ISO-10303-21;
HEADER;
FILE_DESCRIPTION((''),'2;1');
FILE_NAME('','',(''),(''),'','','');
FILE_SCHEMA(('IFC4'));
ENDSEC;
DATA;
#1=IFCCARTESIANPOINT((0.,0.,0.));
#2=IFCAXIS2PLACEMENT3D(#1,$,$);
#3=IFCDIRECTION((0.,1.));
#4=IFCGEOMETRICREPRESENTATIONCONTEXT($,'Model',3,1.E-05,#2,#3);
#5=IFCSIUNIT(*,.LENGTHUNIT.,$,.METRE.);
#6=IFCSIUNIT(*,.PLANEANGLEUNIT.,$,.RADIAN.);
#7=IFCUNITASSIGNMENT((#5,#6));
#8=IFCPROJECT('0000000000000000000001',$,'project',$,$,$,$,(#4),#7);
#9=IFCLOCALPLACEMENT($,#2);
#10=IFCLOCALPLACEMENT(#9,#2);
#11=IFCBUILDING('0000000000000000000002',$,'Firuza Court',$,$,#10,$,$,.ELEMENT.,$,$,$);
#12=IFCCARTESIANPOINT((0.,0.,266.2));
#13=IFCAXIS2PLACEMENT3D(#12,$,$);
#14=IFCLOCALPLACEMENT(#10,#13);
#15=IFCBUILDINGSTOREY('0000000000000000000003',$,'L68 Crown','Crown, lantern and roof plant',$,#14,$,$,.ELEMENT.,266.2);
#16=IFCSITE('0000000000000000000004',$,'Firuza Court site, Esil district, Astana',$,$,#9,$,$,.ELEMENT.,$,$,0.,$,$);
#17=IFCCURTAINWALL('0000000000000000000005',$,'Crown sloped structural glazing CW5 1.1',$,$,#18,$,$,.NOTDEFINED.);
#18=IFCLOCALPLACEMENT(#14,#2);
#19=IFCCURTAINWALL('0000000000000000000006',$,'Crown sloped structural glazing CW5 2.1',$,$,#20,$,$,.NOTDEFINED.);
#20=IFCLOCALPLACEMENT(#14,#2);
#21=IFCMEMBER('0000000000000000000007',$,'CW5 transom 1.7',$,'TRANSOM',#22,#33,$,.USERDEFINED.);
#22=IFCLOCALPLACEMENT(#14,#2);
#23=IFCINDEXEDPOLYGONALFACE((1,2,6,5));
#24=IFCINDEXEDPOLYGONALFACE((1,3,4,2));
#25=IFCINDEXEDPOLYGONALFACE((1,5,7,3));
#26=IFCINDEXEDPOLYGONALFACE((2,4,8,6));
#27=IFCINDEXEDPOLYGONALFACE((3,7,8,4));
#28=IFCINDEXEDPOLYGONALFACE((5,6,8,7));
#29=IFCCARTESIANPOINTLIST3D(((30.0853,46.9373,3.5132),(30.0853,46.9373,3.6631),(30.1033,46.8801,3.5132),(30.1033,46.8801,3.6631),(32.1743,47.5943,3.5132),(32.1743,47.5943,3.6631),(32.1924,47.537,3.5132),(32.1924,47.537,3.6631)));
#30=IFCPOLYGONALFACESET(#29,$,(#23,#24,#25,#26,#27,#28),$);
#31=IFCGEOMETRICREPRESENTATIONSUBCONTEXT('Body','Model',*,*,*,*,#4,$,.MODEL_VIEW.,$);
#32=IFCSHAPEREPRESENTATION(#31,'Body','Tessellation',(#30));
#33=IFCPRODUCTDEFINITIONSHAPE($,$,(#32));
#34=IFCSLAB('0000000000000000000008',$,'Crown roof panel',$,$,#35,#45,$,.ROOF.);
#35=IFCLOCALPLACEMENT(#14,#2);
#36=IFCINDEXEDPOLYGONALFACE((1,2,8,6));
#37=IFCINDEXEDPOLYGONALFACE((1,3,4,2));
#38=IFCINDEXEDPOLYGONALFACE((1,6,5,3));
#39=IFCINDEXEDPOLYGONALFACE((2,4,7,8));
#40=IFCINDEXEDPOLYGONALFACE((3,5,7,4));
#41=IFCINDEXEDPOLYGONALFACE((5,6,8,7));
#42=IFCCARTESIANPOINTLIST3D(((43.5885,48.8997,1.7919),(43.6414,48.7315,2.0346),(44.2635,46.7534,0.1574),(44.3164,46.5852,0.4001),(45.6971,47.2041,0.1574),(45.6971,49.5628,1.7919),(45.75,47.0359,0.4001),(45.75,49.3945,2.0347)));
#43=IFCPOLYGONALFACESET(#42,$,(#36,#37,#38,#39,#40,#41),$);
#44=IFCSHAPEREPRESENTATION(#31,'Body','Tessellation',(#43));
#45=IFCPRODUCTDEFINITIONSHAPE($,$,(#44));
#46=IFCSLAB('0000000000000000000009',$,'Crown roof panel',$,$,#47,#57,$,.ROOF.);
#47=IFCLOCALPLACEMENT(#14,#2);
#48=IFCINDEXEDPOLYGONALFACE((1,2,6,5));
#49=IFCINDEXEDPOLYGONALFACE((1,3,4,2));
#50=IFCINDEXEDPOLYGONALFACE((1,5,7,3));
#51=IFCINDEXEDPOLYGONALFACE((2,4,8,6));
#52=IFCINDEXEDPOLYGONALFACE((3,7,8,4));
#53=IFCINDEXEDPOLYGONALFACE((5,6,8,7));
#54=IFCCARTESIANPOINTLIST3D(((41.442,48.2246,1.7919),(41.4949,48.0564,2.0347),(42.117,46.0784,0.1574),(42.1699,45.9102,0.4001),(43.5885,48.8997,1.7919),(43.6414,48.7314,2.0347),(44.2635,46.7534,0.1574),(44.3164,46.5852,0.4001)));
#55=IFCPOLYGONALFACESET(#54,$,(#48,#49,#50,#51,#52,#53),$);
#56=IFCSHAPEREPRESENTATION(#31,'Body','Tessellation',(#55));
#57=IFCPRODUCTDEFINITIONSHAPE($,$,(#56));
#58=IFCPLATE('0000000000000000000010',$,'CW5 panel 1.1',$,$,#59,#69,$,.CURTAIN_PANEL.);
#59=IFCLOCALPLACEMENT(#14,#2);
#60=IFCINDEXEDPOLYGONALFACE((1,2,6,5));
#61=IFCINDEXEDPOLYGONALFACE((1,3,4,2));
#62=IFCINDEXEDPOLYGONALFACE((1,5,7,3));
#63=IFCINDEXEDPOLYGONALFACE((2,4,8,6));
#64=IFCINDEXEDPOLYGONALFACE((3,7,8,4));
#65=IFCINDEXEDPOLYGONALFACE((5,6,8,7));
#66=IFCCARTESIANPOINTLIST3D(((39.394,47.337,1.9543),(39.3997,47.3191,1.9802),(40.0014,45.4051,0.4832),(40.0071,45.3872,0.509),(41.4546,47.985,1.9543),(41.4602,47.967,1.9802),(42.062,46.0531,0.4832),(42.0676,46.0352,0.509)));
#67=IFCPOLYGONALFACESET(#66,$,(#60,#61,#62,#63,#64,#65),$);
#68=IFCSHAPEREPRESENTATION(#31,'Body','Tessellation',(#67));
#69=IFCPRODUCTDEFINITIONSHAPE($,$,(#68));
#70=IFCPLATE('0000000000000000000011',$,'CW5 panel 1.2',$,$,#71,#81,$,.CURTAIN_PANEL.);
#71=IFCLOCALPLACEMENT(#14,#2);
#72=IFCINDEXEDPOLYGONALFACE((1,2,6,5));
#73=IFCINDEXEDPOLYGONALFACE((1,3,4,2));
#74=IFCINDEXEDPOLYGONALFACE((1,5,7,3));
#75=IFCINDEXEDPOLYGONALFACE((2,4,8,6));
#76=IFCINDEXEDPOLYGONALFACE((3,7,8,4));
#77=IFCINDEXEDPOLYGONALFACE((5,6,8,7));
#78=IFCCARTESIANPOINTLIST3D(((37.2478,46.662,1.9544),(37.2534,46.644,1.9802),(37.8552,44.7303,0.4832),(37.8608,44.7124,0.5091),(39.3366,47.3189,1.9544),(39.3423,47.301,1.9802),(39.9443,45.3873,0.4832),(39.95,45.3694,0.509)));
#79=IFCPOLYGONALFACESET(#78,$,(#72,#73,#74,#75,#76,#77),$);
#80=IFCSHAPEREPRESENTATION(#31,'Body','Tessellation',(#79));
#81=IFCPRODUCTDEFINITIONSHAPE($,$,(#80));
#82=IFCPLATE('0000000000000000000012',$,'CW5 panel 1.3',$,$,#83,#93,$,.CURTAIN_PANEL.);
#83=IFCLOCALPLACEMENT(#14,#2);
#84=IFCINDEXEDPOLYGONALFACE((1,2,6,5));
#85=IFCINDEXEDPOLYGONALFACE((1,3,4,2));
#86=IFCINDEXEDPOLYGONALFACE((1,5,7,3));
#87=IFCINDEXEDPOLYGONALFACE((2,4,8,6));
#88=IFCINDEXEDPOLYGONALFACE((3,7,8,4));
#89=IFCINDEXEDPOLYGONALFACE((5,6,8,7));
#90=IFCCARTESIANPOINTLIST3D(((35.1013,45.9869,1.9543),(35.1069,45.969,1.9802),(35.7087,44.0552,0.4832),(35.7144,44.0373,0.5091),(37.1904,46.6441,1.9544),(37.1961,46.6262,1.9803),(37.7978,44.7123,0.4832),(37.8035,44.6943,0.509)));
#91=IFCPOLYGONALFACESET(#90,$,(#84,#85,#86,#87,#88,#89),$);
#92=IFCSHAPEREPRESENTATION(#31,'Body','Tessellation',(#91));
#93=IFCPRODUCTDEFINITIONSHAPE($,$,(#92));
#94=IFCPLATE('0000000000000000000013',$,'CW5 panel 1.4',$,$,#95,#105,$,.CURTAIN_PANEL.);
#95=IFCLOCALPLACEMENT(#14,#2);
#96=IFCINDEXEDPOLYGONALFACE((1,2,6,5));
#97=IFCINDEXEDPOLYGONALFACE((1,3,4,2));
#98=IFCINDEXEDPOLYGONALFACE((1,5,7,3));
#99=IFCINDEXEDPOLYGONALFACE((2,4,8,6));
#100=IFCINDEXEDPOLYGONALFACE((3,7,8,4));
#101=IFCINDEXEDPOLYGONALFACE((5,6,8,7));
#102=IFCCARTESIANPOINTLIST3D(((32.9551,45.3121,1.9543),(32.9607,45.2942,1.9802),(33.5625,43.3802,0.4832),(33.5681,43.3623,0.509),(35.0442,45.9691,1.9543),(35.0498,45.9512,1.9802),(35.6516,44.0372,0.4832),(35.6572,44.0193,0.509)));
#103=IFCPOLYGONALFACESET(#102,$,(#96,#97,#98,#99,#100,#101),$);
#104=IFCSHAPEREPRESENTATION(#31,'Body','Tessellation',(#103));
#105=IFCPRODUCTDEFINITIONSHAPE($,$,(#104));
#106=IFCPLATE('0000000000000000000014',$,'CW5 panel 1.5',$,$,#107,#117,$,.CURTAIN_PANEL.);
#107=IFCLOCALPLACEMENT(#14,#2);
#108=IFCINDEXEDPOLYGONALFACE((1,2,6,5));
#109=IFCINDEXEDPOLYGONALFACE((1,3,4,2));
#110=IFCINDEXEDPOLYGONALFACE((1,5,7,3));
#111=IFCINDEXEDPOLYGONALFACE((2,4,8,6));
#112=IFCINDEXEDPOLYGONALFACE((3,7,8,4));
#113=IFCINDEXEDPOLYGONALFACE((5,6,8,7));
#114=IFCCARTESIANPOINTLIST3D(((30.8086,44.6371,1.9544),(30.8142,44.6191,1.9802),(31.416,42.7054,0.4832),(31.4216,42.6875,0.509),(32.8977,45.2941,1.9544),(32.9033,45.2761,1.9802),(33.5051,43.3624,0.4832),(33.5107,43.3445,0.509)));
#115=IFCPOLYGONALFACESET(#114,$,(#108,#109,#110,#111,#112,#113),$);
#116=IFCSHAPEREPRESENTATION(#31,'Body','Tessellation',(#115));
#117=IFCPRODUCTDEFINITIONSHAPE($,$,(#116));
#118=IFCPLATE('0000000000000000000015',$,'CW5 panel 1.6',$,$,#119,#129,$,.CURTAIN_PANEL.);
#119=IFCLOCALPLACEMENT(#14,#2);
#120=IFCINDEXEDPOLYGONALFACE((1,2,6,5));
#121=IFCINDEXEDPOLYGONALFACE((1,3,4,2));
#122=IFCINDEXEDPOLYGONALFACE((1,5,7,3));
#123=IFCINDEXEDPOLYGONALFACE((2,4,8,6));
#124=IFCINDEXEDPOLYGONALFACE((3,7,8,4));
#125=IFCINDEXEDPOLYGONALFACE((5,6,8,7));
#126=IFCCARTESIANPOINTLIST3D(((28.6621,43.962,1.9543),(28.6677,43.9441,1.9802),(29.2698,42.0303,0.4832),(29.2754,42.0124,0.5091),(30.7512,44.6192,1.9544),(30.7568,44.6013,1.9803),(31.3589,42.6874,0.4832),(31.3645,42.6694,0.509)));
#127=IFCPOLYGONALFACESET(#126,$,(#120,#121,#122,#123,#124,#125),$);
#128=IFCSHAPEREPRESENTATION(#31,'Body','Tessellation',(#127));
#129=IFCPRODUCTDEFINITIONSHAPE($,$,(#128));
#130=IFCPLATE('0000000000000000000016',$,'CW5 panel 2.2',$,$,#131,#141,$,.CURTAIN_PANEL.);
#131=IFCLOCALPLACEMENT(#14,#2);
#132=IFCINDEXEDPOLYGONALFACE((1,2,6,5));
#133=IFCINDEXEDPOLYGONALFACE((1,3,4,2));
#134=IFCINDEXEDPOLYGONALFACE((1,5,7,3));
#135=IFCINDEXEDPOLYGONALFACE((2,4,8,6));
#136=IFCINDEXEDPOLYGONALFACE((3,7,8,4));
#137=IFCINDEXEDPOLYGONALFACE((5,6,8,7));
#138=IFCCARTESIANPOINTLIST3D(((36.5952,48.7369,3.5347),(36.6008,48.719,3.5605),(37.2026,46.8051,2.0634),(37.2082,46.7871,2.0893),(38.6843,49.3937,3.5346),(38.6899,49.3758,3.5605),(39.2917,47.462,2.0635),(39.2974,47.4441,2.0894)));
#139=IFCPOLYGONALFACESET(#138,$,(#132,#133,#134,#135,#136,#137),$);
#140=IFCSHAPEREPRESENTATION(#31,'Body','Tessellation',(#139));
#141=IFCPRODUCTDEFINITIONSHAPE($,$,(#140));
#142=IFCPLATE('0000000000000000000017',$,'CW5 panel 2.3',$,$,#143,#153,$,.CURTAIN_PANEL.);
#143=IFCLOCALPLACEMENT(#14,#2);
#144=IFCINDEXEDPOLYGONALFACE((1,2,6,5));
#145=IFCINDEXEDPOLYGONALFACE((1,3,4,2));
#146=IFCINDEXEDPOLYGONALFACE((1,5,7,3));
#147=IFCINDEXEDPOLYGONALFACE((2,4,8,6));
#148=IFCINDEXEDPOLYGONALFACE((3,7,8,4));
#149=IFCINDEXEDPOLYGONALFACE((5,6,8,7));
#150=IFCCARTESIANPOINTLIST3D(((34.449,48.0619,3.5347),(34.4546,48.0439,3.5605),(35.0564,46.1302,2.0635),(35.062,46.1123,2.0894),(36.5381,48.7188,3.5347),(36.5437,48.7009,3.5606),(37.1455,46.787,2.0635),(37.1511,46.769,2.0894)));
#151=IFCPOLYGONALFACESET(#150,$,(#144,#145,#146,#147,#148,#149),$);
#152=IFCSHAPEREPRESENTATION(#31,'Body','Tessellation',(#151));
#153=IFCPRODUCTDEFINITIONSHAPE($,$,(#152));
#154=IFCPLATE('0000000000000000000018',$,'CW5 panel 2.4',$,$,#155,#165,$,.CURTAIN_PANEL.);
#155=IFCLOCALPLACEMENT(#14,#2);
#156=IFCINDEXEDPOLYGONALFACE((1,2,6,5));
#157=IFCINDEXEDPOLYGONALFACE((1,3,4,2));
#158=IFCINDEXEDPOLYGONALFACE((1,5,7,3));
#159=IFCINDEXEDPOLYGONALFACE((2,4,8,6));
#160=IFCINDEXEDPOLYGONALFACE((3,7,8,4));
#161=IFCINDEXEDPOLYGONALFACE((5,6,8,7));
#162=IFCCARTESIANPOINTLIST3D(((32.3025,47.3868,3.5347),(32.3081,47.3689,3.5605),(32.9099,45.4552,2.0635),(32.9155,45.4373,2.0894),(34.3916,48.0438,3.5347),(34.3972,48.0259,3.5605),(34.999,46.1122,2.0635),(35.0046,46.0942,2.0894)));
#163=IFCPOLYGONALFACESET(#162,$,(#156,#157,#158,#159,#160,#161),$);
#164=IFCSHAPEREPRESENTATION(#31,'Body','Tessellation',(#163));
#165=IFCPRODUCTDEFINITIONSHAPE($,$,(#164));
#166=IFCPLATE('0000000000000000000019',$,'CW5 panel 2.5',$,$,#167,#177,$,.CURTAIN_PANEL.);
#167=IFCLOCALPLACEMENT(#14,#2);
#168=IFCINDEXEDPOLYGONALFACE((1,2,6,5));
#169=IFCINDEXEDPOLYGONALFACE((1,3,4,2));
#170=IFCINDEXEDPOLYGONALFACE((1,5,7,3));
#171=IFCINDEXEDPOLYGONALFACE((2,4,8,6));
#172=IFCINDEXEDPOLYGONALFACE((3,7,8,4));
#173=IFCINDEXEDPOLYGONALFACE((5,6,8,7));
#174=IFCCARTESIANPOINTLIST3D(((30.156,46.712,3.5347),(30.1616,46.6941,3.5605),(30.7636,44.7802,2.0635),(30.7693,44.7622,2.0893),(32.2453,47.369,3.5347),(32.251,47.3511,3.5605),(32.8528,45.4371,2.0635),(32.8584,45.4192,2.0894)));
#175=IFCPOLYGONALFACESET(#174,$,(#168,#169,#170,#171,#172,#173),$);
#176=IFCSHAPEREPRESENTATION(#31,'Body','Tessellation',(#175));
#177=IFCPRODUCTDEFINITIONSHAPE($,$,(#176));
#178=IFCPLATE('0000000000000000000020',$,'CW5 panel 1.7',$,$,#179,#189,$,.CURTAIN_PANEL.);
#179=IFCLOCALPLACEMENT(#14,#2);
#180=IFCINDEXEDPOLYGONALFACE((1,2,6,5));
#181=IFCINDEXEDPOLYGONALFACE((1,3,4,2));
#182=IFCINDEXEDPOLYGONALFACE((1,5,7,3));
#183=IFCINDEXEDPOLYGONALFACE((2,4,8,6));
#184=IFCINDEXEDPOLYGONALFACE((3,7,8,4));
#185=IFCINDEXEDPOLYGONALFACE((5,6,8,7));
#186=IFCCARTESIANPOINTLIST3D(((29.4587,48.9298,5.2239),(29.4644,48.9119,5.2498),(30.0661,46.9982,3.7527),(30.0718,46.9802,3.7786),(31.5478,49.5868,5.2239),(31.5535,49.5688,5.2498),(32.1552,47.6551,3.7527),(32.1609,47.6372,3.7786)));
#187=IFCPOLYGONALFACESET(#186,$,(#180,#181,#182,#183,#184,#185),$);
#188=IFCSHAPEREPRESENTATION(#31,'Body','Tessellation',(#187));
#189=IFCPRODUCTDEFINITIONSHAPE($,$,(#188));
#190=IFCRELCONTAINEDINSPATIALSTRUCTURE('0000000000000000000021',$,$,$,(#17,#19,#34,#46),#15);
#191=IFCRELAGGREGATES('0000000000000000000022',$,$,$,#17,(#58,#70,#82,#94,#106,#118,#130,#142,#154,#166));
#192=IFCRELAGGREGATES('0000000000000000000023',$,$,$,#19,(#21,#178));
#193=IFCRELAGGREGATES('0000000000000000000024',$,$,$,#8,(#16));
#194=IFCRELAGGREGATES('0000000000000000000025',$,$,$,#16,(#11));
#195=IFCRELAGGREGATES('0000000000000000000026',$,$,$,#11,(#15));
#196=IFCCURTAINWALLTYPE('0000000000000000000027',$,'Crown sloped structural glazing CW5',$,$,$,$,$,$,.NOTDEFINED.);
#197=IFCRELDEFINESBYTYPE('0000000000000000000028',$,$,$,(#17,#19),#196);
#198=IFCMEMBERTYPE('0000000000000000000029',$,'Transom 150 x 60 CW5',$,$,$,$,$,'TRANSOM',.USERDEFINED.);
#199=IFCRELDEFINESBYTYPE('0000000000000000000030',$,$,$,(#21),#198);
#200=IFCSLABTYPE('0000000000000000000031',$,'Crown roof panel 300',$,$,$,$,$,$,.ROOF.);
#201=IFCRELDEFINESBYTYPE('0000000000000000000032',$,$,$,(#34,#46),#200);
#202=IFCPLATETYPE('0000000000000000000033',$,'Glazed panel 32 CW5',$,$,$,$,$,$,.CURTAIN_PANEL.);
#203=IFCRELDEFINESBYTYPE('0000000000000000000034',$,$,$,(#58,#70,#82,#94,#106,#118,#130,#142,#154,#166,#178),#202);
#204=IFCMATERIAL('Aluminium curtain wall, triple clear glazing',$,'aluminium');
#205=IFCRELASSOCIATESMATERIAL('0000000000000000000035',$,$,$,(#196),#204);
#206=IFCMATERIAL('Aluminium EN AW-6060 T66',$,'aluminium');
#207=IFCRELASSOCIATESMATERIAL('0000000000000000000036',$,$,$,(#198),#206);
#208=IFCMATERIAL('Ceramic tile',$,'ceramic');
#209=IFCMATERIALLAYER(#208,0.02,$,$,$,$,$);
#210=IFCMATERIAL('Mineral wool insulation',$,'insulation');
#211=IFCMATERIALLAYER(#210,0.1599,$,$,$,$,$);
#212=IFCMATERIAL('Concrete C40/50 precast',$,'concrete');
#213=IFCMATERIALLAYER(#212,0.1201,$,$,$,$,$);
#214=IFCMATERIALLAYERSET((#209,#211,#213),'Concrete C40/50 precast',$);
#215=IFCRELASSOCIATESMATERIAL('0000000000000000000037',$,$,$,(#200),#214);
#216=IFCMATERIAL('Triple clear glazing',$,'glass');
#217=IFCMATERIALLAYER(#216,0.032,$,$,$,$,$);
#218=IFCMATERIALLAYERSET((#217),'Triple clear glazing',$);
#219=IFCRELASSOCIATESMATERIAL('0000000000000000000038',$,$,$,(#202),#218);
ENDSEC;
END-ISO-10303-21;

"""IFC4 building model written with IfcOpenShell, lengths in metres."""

from ifc_helpers import new_model, si_unit, direction, frame, origin, origin_2d, place, context, subcontext, project, spatial, polyline, rectangle, outline, extrude, material, layer, layer_set, material_profile, profile_set, type_object, element, aggregate, save


model = new_model("IFC4")

# Units and contexts
model_context = context("Model", 3, precision=1e-05, world=origin(), true_north=direction((0.0, 1.0)))
body_context = subcontext(model_context, "Body", "Model", "MODEL_VIEW")
ifc_project = project(units=[si_unit("LENGTHUNIT", "METRE"), si_unit("PLANEANGLEUNIT", "RADIAN")], contexts=[model_context])

# Site, building, storey
site_placement = place(None, origin())
site = spatial("IfcSite", under=ifc_project, at=site_placement, Name="Firuza Court site, Esil district, Astana", CompositionType="ELEMENT", RefElevation=0.0)
building_placement = place(site_placement, origin())
building = spatial("IfcBuilding", under=site, at=building_placement, Name="Firuza Court", CompositionType="ELEMENT")
storey_placement = place(building_placement, frame((0.0, 0.0, 266.2)))
storey = spatial("IfcBuildingStorey", under=building, at=storey_placement, Name="L68 Crown", Description="Crown, lantern and roof plant", CompositionType="ELEMENT", Elevation=266.2)

# Curtain wall
ifc_material_1 = material(Name="Aluminium curtain wall, triple clear glazing", Category="aluminium")
curtain_wall_type = type_object("IfcCurtainWallType", Name="Crown sloped structural glazing CW5", PredefinedType="NOTDEFINED", material=ifc_material_1)
curtain_wall_1_placement = place(storey_placement, origin())
curtain_wall_1 = element("IfcCurtainWall", 1, at=curtain_wall_1_placement, inside=storey, type_object=curtain_wall_type, Name="Crown sloped structural glazing CW5 1.1", PredefinedType="NOTDEFINED")

# Curtain wall
curtain_wall_2_placement = place(storey_placement, origin())
curtain_wall_2 = element("IfcCurtainWall", 2, at=curtain_wall_2_placement, inside=storey, type_object=curtain_wall_type, Name="Crown sloped structural glazing CW5 2.1", PredefinedType="NOTDEFINED")

# Member
ifc_material_2 = material(Name="Aluminium EN AW-6060 T66", Category="aluminium")
ifc_material_profile_1 = material_profile(ifc_material_2, rectangle(XDim=0.0601, YDim=0.1499, at=origin_2d()), Name="Transom 150 x 60 CW5")
ifc_profile_set_1 = profile_set([ifc_material_profile_1], Name="Aluminium EN AW-6060 T66")
member_type_1 = type_object("IfcMemberType", Name="Transom 150 x 60 CW5", ElementType="TRANSOM", PredefinedType="USERDEFINED", material=ifc_profile_set_1)
member_1_placement = place(storey_placement, frame((32.1833, 47.5657, 3.5881), z_axis=(-0.953941, -0.299995, 0.0), x_axis=(0.299995, -0.953941, 0.0)))
member_1 = element("IfcMember", 3, at=member_1_placement, type_object=member_type_1, Name="CW5 transom 1.7", ObjectType="TRANSOM", PredefinedType="USERDEFINED", context=body_context, shape_type="SweptSolid", body=[
    extrude(rectangle(XDim=0.0601, YDim=0.1499, at=origin_2d()), origin(), (0.0, 0.0, 1.0), 2.1899),
])

# Slabs
ifc_material_3 = material(Name="Ceramic tile", Category="ceramic")
ifc_layer_1 = layer(ifc_material_3, 0.02)
ifc_material_4 = material(Name="Mineral wool insulation", Category="insulation")
ifc_layer_2 = layer(ifc_material_4, 0.1599)
ifc_material_5 = material(Name="Concrete C40/50 precast", Category="concrete")
ifc_layer_3 = layer(ifc_material_5, 0.1201)
ifc_layer_set_1 = layer_set([ifc_layer_1, ifc_layer_2, ifc_layer_3], Name="Concrete C40/50 precast")
slab_type = type_object("IfcSlabType", Name="Crown roof panel 300", PredefinedType="ROOF", material=ifc_layer_set_1)
slab_1_placement = place(storey_placement, frame((44.3164, 46.5852, 0.4001), z_axis=(0.176293, -0.560681, 0.809047), x_axis=(-0.242743, 0.771773, 0.587744)))
element("IfcSlab", 4, at=slab_1_placement, inside=storey, type_object=slab_type, Name="Crown roof panel", PredefinedType="ROOF", context=body_context, shape_type="SweptSolid", body=[
    extrude(outline(polyline([(0.0, 0.0), (2.781, 0.0), (2.7808, -2.2104), (-0.0002, -1.5028), (0.0, 0.0)])), origin(), (0.0, 0.0, -1.0), 0.3),
])
slab_2_placement = place(storey_placement, frame((42.1699, 45.9102, 0.4001), z_axis=(0.176329, -0.560683, 0.809038), x_axis=(-0.24274, 0.771764, 0.587756)))
element("IfcSlab", 5, at=slab_2_placement, inside=storey, type_object=slab_type, Name="Crown roof panel", PredefinedType="ROOF", context=body_context, shape_type="SweptSolid", body=[
    extrude(outline(polyline([(0.0, 0.0), (2.781, 0.0), (2.7809, -2.2501), (-0.0001, -2.2501), (0.0, 0.0)])), origin(), (0.0, 0.0, -1.0), 0.3),
])

# Plates
ifc_material_6 = material(Name="Triple clear glazing", Category="glass")
ifc_layer_4 = layer(ifc_material_6, 0.032)
ifc_layer_set_2 = layer_set([ifc_layer_4], Name="Triple clear glazing")
plate_type = type_object("IfcPlateType", Name="Glazed panel 32 CW5", PredefinedType="CURTAIN_PANEL", material=ifc_layer_set_2)
plate_1_placement = place(storey_placement, frame((42.0676, 46.0352, 0.509), z_axis=(0.176308, -0.560679, 0.809045), x_axis=(-0.953948, -0.299974, 0.0)))
plate_1 = element("IfcPlate", 6, at=plate_1_placement, type_object=plate_type, Name="CW5 panel 1.1", PredefinedType="CURTAIN_PANEL", context=body_context, shape_type="SweptSolid", body=[
    extrude(outline(polyline([(0.0, 0.0), (2.16, 0.0), (2.16, -2.5031), (-0.0001, -2.5031), (0.0, 0.0)])), origin(), (0.0, 0.0, -1.0), 0.032),
])
plate_2_placement = place(storey_placement, frame((39.95, 45.3694, 0.509), z_axis=(0.176341, -0.560708, 0.809018), x_axis=(-0.953939, -0.3, 0.000008)))
plate_2 = element("IfcPlate", 7, at=plate_2_placement, type_object=plate_type, Name="CW5 panel 1.2", PredefinedType="CURTAIN_PANEL", context=body_context, shape_type="SweptSolid", body=[
    extrude(outline(polyline([(0.0, 0.0), (2.19, 0.0), (2.1899, -2.5029), (0.0002, -2.503), (0.0, 0.0)])), origin(), (0.0, 0.0, -1.0), 0.032),
])
plate_3_placement = place(storey_placement, frame((37.8035, 44.6943, 0.509), z_axis=(0.176357, -0.560687, 0.809029), x_axis=(-0.953935, -0.300012, 0.000025)))
plate_3 = element("IfcPlate", 8, at=plate_3_placement, type_object=plate_type, Name="CW5 panel 1.3", PredefinedType="CURTAIN_PANEL", context=body_context, shape_type="SweptSolid", body=[
    extrude(outline(polyline([(0.0, 0.0), (2.19, 0.0), (2.1899, -2.5029), (-0.0001, -2.5031), (0.0, 0.0)])), origin(), (0.0, 0.0, -1.0), 0.032),
])
plate_4_placement = place(storey_placement, frame((35.6572, 44.0193, 0.509), z_axis=(0.176321, -0.560675, 0.809045), x_axis=(-0.953941, -0.299995, 0.0)))
plate_4 = element("IfcPlate", 9, at=plate_4_placement, type_object=plate_type, Name="CW5 panel 1.4", PredefinedType="CURTAIN_PANEL", context=body_context, shape_type="SweptSolid", body=[
    extrude(outline(polyline([(0.0, 0.0), (2.19, 0.0), (2.1899, -2.5031), (-0.0001, -2.5031), (0.0, 0.0)])), origin(), (0.0, 0.0, -1.0), 0.032),
])
plate_5_placement = place(storey_placement, frame((33.5107, 43.3445, 0.509), z_axis=(0.176334, -0.560717, 0.809013), x_axis=(-0.953941, -0.299995, 0.0)))
plate_5 = element("IfcPlate", 10, at=plate_5_placement, type_object=plate_type, Name="CW5 panel 1.5", PredefinedType="CURTAIN_PANEL", context=body_context, shape_type="SweptSolid", body=[
    extrude(outline(polyline([(0.0, 0.0), (2.19, 0.0), (2.1899, -2.5029), (0.0, -2.5029), (0.0, 0.0)])), origin(), (0.0, 0.0, -1.0), 0.032),
])
plate_6_placement = place(storey_placement, frame((31.3645, 42.6694, 0.509), z_axis=(0.176353, -0.560674, 0.809039), x_axis=(-0.953935, -0.300012, 0.000025)))
plate_6 = element("IfcPlate", 11, at=plate_6_placement, type_object=plate_type, Name="CW5 panel 1.6", PredefinedType="CURTAIN_PANEL", context=body_context, shape_type="SweptSolid", body=[
    extrude(outline(polyline([(0.0, 0.0), (2.19, 0.0), (2.1902, -2.503), (0.0001, -2.5032), (0.0, 0.0)])), origin(), (0.0, 0.0, -1.0), 0.032),
])
plate_7_placement = place(storey_placement, frame((39.2974, 47.4441, 2.0894), z_axis=(0.176298, -0.560706, 0.809029), x_axis=(-0.953946, -0.299977, -0.000025)))
plate_7 = element("IfcPlate", 12, at=plate_7_placement, type_object=plate_type, Name="CW5 panel 2.2", PredefinedType="CURTAIN_PANEL", context=body_context, shape_type="SweptSolid", body=[
    extrude(outline(polyline([(0.0, 0.0), (2.19, 0.0), (2.1899, -2.5031), (0.0, -2.5029), (0.0, 0.0)])), origin(), (0.0, 0.0, -1.0), 0.032),
])
plate_8_placement = place(storey_placement, frame((37.1511, 46.769, 2.0894), z_axis=(0.176298, -0.560706, 0.809029), x_axis=(-0.953967, -0.299911, 0.000025)))
plate_8 = element("IfcPlate", 13, at=plate_8_placement, type_object=plate_type, Name="CW5 panel 2.3", PredefinedType="CURTAIN_PANEL", context=body_context, shape_type="SweptSolid", body=[
    extrude(outline(polyline([(0.0, 0.0), (2.1899, 0.0), (2.1901, -2.5029), (0.0001, -2.5031), (0.0, 0.0)])), origin(), (0.0, 0.0, -1.0), 0.032),
])
plate_9_placement = place(storey_placement, frame((35.0046, 46.0942, 2.0894), z_axis=(0.176334, -0.560717, 0.809013), x_axis=(-0.953941, -0.299995, 0.0)))
plate_9 = element("IfcPlate", 14, at=plate_9_placement, type_object=plate_type, Name="CW5 panel 2.4", PredefinedType="CURTAIN_PANEL", context=body_context, shape_type="SweptSolid", body=[
    extrude(outline(polyline([(0.0, 0.0), (2.19, 0.0), (2.1899, -2.5029), (0.0, -2.5029), (0.0, 0.0)])), origin(), (0.0, 0.0, -1.0), 0.032),
])
plate_10_placement = place(storey_placement, frame((32.8584, 45.4192, 2.0894), z_axis=(0.176309, -0.560671, 0.80905), x_axis=(-0.953943, -0.299989, -0.000008)))
plate_10 = element("IfcPlate", 15, at=plate_10_placement, type_object=plate_type, Name="CW5 panel 2.5", PredefinedType="CURTAIN_PANEL", context=body_context, shape_type="SweptSolid", body=[
    extrude(outline(polyline([(0.0, 0.0), (2.19, 0.0), (2.1901, -2.5032), (-0.0001, -2.5031), (0.0, 0.0)])), origin(), (0.0, 0.0, -1.0), 0.032),
])
aggregate(curtain_wall_1, [plate_1, plate_2, plate_3, plate_4, plate_5, plate_6, plate_7, plate_8, plate_9, plate_10])
plate_11_placement = place(storey_placement, frame((32.1609, 47.6372, 3.7786), z_axis=(0.176334, -0.560717, 0.809013), x_axis=(-0.953941, -0.299995, 0.0)))
plate_11 = element("IfcPlate", 16, at=plate_11_placement, type_object=plate_type, Name="CW5 panel 1.7", PredefinedType="CURTAIN_PANEL", context=body_context, shape_type="SweptSolid", body=[
    extrude(outline(polyline([(0.0, 0.0), (2.19, 0.0), (2.1899, -2.5029), (0.0, -2.5029), (0.0, 0.0)])), origin(), (0.0, 0.0, -1.0), 0.032),
])
aggregate(curtain_wall_2, [member_1, plate_11])

save(model, "model.ifc")
